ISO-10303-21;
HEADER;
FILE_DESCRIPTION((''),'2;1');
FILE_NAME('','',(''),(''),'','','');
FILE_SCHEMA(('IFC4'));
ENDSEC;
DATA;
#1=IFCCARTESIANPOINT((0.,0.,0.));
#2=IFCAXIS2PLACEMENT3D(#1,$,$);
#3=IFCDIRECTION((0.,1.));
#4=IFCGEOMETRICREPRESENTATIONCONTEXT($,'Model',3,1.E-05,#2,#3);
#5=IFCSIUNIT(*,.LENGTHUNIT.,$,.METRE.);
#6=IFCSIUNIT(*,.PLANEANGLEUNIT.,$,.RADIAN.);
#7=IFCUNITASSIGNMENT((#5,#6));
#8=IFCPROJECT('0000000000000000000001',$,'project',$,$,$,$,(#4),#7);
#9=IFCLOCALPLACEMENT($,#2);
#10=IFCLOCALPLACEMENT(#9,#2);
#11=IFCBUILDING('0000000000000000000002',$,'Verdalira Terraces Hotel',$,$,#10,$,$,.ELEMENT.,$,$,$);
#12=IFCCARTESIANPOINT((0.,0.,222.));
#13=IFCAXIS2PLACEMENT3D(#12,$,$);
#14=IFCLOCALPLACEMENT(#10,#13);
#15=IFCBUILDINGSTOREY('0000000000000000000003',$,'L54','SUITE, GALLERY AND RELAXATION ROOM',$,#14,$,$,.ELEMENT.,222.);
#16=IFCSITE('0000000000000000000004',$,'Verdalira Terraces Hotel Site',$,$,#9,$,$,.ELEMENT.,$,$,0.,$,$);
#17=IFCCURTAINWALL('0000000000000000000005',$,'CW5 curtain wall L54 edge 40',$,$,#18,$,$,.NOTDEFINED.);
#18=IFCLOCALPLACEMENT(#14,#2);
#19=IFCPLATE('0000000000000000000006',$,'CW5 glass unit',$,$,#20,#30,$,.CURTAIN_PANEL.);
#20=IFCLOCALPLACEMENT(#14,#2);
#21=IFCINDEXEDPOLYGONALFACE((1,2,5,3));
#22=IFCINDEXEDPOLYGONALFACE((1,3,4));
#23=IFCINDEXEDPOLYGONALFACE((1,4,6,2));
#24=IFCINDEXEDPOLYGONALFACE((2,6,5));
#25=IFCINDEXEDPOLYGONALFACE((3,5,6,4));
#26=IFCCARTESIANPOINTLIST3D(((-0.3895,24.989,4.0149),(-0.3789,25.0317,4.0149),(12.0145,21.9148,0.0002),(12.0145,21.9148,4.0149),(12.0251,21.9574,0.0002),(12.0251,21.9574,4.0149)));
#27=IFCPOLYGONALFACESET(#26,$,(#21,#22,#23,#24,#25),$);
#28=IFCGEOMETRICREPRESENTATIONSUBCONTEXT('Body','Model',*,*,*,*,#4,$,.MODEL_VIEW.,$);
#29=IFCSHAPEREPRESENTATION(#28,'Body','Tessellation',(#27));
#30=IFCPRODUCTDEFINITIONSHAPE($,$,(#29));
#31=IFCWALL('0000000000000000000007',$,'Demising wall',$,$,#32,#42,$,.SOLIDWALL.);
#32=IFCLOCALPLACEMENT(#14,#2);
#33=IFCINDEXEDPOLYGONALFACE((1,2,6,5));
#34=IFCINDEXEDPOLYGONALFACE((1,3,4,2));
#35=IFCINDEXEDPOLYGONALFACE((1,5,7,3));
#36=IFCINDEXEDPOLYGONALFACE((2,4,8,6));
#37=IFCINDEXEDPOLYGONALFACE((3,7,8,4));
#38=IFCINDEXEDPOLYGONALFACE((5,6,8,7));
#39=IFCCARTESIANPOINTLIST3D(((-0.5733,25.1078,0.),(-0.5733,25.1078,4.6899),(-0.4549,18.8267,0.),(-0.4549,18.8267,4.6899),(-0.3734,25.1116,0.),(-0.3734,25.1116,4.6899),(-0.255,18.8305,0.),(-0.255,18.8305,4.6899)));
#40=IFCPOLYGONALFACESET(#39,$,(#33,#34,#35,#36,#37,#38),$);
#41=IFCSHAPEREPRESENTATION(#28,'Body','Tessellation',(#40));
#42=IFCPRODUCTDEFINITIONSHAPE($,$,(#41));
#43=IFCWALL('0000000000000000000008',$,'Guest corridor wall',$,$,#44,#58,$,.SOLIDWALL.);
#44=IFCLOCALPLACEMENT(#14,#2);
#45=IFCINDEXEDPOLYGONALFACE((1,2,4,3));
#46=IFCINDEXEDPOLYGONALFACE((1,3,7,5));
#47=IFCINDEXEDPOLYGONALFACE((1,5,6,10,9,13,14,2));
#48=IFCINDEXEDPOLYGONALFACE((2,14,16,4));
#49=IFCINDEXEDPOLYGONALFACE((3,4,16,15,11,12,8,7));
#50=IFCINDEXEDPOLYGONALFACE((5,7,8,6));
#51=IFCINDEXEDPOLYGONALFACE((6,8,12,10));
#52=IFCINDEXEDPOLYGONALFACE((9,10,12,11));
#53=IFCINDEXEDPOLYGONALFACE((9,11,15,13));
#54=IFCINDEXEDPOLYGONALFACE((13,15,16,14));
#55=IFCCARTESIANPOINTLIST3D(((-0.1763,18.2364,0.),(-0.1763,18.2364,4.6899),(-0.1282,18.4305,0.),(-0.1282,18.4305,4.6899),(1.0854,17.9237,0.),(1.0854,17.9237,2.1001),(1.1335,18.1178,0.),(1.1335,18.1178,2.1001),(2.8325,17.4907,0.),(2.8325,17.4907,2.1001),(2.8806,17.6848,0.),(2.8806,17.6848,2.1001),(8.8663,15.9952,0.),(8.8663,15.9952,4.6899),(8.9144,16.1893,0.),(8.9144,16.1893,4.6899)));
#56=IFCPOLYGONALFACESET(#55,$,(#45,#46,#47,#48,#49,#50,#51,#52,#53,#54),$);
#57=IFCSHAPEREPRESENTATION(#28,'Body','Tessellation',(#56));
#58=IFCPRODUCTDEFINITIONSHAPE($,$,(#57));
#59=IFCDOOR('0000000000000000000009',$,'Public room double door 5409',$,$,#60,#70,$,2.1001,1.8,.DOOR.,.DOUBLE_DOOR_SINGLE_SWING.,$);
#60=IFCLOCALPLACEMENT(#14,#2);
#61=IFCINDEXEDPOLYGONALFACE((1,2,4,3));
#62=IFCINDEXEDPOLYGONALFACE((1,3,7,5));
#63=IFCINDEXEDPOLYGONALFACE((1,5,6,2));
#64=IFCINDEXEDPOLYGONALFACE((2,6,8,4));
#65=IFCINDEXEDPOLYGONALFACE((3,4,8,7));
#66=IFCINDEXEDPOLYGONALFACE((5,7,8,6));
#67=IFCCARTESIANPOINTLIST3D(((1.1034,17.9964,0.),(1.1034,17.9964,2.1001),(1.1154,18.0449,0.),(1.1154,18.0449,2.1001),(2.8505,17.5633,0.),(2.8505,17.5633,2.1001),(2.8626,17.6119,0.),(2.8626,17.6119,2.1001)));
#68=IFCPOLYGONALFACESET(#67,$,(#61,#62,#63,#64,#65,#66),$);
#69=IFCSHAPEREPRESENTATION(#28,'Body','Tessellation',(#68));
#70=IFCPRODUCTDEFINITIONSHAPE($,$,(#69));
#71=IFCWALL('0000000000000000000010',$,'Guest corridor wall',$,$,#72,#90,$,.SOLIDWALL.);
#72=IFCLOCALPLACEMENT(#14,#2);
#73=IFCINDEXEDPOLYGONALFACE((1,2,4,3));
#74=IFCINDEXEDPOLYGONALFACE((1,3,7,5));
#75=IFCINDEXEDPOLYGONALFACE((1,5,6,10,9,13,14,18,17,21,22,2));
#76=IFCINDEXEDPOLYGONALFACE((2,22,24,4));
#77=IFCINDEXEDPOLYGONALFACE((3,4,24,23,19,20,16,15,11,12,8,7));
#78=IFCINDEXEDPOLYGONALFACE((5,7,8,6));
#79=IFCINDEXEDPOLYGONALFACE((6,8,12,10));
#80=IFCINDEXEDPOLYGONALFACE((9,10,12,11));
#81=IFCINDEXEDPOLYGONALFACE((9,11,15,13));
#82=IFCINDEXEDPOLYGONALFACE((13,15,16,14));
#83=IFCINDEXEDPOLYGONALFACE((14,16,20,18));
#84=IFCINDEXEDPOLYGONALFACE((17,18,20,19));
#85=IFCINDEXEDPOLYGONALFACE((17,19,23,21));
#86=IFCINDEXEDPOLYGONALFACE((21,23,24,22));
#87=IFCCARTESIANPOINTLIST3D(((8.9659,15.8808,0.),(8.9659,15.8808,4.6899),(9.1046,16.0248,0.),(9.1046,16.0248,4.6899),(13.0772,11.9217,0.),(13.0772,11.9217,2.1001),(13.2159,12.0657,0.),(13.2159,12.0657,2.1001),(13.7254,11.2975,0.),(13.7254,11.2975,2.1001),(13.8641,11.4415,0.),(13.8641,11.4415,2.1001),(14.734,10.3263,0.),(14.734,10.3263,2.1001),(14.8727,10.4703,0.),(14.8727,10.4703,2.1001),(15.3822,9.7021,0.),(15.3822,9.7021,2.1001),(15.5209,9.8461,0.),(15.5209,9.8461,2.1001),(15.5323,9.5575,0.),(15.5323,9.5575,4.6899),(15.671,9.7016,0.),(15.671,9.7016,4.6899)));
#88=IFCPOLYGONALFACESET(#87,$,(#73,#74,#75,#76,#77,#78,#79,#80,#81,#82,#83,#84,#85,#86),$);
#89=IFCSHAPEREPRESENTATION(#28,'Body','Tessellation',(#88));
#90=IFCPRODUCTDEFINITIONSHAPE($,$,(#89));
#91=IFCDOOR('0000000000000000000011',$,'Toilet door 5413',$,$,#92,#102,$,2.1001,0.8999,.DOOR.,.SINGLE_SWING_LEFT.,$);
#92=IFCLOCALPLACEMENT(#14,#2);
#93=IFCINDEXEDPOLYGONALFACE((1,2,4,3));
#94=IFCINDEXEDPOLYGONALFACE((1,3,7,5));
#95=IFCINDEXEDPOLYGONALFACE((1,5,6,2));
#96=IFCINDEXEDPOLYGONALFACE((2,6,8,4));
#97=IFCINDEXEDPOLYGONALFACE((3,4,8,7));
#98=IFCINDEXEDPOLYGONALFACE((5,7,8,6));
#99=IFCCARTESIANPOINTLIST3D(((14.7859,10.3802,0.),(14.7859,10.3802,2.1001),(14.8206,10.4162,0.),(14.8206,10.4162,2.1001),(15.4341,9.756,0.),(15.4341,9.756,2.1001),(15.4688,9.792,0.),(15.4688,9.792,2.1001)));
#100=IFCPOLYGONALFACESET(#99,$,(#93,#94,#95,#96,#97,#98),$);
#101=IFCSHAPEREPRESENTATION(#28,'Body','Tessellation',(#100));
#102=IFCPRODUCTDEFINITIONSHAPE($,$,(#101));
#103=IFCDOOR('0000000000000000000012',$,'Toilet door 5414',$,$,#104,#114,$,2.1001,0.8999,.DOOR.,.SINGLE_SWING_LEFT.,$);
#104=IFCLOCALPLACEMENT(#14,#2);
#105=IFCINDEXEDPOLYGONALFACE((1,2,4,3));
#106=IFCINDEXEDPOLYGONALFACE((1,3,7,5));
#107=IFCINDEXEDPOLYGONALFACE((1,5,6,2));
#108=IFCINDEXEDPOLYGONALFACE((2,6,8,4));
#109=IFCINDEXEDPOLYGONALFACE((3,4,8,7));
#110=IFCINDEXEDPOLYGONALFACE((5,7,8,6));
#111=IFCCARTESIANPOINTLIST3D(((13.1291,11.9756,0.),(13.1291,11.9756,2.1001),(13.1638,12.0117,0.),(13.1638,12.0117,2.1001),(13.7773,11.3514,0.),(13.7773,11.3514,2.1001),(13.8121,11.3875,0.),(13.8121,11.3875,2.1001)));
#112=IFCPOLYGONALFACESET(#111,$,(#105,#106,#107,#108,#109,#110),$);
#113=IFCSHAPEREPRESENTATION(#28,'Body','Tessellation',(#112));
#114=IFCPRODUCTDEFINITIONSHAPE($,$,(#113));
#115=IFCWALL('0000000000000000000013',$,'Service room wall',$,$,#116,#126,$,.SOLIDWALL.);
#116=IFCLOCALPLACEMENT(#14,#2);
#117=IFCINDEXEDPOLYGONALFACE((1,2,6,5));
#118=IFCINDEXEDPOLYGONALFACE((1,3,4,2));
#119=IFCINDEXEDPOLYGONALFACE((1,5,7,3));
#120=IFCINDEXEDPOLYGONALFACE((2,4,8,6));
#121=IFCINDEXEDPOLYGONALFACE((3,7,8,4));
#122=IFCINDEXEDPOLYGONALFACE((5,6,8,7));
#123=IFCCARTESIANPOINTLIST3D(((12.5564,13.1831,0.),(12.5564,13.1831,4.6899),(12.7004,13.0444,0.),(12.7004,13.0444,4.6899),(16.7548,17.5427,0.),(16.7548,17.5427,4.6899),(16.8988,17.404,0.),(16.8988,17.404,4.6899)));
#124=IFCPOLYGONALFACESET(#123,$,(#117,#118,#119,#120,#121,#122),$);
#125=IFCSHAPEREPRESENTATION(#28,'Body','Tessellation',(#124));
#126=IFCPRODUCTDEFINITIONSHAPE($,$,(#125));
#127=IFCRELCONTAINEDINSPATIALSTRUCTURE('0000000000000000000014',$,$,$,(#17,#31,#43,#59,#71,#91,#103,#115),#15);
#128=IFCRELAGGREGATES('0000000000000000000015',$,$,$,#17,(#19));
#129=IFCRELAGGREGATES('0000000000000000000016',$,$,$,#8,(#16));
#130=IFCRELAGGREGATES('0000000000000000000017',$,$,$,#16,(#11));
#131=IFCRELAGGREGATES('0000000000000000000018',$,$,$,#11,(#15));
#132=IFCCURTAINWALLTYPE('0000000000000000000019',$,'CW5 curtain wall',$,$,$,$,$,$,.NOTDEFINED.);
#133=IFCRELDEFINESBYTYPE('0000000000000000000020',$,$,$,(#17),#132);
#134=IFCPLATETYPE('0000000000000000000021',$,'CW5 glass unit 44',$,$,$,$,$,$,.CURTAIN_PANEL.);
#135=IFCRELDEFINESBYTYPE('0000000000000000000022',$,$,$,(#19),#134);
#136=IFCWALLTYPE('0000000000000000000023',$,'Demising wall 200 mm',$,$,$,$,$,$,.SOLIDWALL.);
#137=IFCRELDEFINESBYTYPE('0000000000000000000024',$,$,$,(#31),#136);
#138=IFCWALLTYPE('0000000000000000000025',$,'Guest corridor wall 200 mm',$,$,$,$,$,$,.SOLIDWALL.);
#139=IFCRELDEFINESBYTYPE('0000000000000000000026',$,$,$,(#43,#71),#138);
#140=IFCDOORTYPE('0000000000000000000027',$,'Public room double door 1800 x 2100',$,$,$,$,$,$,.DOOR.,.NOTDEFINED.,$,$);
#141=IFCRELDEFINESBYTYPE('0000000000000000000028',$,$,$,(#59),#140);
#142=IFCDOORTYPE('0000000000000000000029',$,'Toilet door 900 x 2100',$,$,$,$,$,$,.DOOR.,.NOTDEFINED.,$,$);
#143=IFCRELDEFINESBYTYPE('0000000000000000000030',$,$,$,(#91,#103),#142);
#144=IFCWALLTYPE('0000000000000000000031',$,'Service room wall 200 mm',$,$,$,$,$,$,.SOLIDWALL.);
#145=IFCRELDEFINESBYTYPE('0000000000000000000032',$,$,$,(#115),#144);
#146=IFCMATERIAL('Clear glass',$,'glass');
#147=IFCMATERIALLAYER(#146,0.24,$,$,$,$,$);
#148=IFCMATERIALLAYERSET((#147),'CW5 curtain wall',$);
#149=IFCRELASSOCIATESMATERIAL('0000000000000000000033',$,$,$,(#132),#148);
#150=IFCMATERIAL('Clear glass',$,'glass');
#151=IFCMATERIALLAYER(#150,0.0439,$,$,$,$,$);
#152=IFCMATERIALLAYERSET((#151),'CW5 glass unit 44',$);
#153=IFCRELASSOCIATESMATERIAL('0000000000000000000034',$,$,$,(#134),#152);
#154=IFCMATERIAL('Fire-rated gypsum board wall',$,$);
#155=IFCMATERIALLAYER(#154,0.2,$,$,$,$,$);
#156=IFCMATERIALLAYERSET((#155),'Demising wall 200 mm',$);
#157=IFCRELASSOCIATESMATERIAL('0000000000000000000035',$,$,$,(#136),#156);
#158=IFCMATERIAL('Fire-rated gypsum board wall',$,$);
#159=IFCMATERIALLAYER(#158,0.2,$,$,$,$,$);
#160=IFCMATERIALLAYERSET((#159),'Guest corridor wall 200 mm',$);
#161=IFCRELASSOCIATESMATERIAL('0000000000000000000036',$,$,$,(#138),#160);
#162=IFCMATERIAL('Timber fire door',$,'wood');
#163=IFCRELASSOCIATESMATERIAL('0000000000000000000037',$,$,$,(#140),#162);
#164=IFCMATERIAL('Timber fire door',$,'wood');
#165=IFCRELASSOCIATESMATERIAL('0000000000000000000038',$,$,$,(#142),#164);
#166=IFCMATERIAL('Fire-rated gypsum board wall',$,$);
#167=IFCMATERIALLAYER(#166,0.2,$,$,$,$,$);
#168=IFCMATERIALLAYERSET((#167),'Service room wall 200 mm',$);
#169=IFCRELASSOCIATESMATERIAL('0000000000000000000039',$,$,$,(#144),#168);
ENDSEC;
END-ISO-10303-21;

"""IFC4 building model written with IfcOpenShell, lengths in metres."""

from ifc_helpers import new_model, si_unit, direction, frame, frame_2d, origin, place, context, subcontext, project, spatial, polyline, rectangle, outline, extrude, material, layer, layer_set, type_object, element, fill, aggregate, save


model = new_model("IFC4")

# Units and contexts
model_context = context("Model", 3, precision=1e-05, world=origin(), true_north=direction((0.0, 1.0)))
body_context = subcontext(model_context, "Body", "Model", "MODEL_VIEW")
ifc_project = project(units=[si_unit("LENGTHUNIT", "METRE"), si_unit("PLANEANGLEUNIT", "RADIAN")], contexts=[model_context])

# Site, building, storey
site_placement = place(None, origin())
site = spatial("IfcSite", under=ifc_project, at=site_placement, Name="Verdalira Terraces Hotel Site", CompositionType="ELEMENT", RefElevation=0.0)
building_placement = place(site_placement, origin())
building = spatial("IfcBuilding", under=site, at=building_placement, Name="Verdalira Terraces Hotel", CompositionType="ELEMENT")
storey_placement = place(building_placement, frame((0.0, 0.0, 222.0)))
storey = spatial("IfcBuildingStorey", under=building, at=storey_placement, Name="L54", Description="SUITE, GALLERY AND RELAXATION ROOM", CompositionType="ELEMENT", Elevation=222.0)

# Curtain wall
ifc_material_1 = material(Name="Clear glass", Category="glass")
ifc_layer_1 = layer(ifc_material_1, 0.24)
ifc_layer_set_1 = layer_set([ifc_layer_1], Name="CW5 curtain wall")
curtain_wall_type = type_object("IfcCurtainWallType", Name="CW5 curtain wall", PredefinedType="NOTDEFINED", material=ifc_layer_set_1)
curtain_wall_1_placement = place(storey_placement, origin())
curtain_wall_1 = element("IfcCurtainWall", 1, at=curtain_wall_1_placement, inside=storey, type_object=curtain_wall_type, Name="CW5 curtain wall L54 edge 40", PredefinedType="NOTDEFINED")

# Plate
ifc_material_2 = material(Name="Clear glass", Category="glass")
ifc_layer_2 = layer(ifc_material_2, 0.0439)
ifc_layer_set_2 = layer_set([ifc_layer_2], Name="CW5 glass unit 44")
plate_type = type_object("IfcPlateType", Name="CW5 glass unit 44", PredefinedType="CURTAIN_PANEL", material=ifc_layer_set_2)
plate_1_placement = place(storey_placement, frame((5.8125, 23.4519, 2.0076), z_axis=(0.240567, 0.970633, 0.0), x_axis=(-0.970633, 0.240567, 0.0)))
plate_1 = element("IfcPlate", 2, at=plate_1_placement, type_object=plate_type, Name="CW5 glass unit", PredefinedType="CURTAIN_PANEL", context=body_context, shape_type="SweptSolid", body=[
    extrude(outline(polyline([(-6.3896, -2.0073), (6.3896, 2.0073), (-6.3896, 2.0073), (-6.3896, -2.0073)])), origin(), (0.0, 0.0, 1.0), 0.0439),
])
aggregate(curtain_wall_1, [plate_1])

# Wall
ifc_material_3 = material(Name="Fire-rated gypsum board wall")
ifc_layer_3 = layer(ifc_material_3, 0.2)
ifc_layer_set_3 = layer_set([ifc_layer_3], Name="Demising wall 200 mm")
wall_type_1 = type_object("IfcWallType", Name="Demising wall 200 mm", PredefinedType="SOLIDWALL", material=ifc_layer_set_3)
wall_1_placement = place(storey_placement, frame((-0.355, 18.8286, 0.0), z_axis=(0.0, 0.0, 1.0), x_axis=(-0.018848, 0.999822, 0.0)))
element("IfcWall", 3, at=wall_1_placement, inside=storey, type_object=wall_type_1, Name="Demising wall", PredefinedType="SOLIDWALL", context=body_context, shape_type="SweptSolid", body=[
    extrude(rectangle(XDim=6.2822, YDim=0.2, at=frame_2d((3.1411, 0.0))), origin(), (0.0, 0.0, 1.0), 4.6899),
])

# Wall, opening, door
ifc_material_4 = material(Name="Fire-rated gypsum board wall")
ifc_layer_4 = layer(ifc_material_4, 0.2)
ifc_layer_set_4 = layer_set([ifc_layer_4], Name="Guest corridor wall 200 mm")
wall_type_2 = type_object("IfcWallType", Name="Guest corridor wall 200 mm", PredefinedType="SOLIDWALL", material=ifc_layer_set_4)
wall_2_placement = place(storey_placement, frame((-0.1523, 18.3335, 0.0), z_axis=(0.0, 0.0, 1.0), x_axis=(0.970631, -0.240574, 0.0)))
wall_2 = element("IfcWall", 4, at=wall_2_placement, inside=storey, type_object=wall_type_2, Name="Guest corridor wall", PredefinedType="SOLIDWALL", context=body_context, shape_type="SweptSolid", body=[
    extrude(rectangle(XDim=9.3162, YDim=0.2, at=frame_2d((4.6582, 0.0))), origin(), (0.0, 0.0, 1.0), 4.6899),
])
opening_1_placement = place(wall_2_placement, frame((1.3, 0.0, 0.0)))
opening_1 = element("IfcOpeningElement", 5, at=opening_1_placement, cuts=wall_2, PredefinedType="OPENING", context=body_context, shape_type="SweptSolid", body=[
    extrude(rectangle(XDim=1.8, YDim=2.1001, at=frame_2d((0.8999, 1.05))), frame((0.0, 0.1099, 0.0), z_axis=(0.0, -1.0, 0.0), x_axis=(1.0, 0.0, 0.0)), (0.0, 0.0, 1.0), 0.22),
])
ifc_material_5 = material(Name="Timber fire door", Category="wood")
door_type_1 = type_object("IfcDoorType", Name="Public room double door 1800 x 2100", OperationType="NOTDEFINED", PredefinedType="DOOR", material=ifc_material_5)
door_1_placement = place(opening_1_placement, origin())
door_1 = element("IfcDoor", 6, at=door_1_placement, inside=storey, type_object=door_type_1, Name="Public room double door 5409", OperationType="DOUBLE_DOOR_SINGLE_SWING", OverallHeight=2.1001, OverallWidth=1.8, PredefinedType="DOOR", context=body_context, shape_type="SweptSolid", body=[
    extrude(rectangle(XDim=1.8, YDim=2.1001, at=frame_2d((0.8999, 1.05))), frame((0.0, 0.0249, 0.0), z_axis=(0.0, -1.0, 0.0), x_axis=(1.0, 0.0, 0.0)), (0.0, 0.0, 1.0), 0.05),
])
fill(opening_1, door_1)

# Wall, openings, doors
wall_3_placement = place(storey_placement, frame((9.0352, 15.9529, 0.0), z_axis=(0.0, 0.0, 1.0), x_axis=(0.720318, -0.693644, 0.0)))
wall_3 = element("IfcWall", 7, at=wall_3_placement, inside=storey, type_object=wall_type_2, Name="Guest corridor wall", PredefinedType="SOLIDWALL", context=body_context, shape_type="SweptSolid", body=[
    extrude(rectangle(XDim=9.116, YDim=0.2, at=frame_2d((4.5581, 0.0))), origin(), (0.0, 0.0, 1.0), 4.6899),
])
opening_2_placement = place(wall_3_placement, frame((8.0078, 0.0, 0.0)))
opening_2 = element("IfcOpeningElement", 8, at=opening_2_placement, cuts=wall_3, PredefinedType="OPENING", context=body_context, shape_type="SweptSolid", body=[
    extrude(rectangle(XDim=0.8999, YDim=2.1001, at=frame_2d((0.45, 1.05))), frame((0.0, 0.1099, 0.0), z_axis=(0.0, -1.0, 0.0), x_axis=(1.0, 0.0, 0.0)), (0.0, 0.0, 1.0), 0.22),
])
opening_3_placement = place(wall_3_placement, frame((5.7078, 0.0, 0.0)))
opening_3 = element("IfcOpeningElement", 9, at=opening_3_placement, cuts=wall_3, PredefinedType="OPENING", context=body_context, shape_type="SweptSolid", body=[
    extrude(rectangle(XDim=0.8999, YDim=2.1001, at=frame_2d((0.45, 1.05))), frame((0.0, 0.1099, 0.0), z_axis=(0.0, -1.0, 0.0), x_axis=(1.0, 0.0, 0.0)), (0.0, 0.0, 1.0), 0.22),
])
ifc_material_6 = material(Name="Timber fire door", Category="wood")
door_type_2 = type_object("IfcDoorType", Name="Toilet door 900 x 2100", OperationType="NOTDEFINED", PredefinedType="DOOR", material=ifc_material_6)
door_2_placement = place(opening_2_placement, origin())
door_2 = element("IfcDoor", 10, at=door_2_placement, inside=storey, type_object=door_type_2, Name="Toilet door 5413", OperationType="SINGLE_SWING_LEFT", OverallHeight=2.1001, OverallWidth=0.8999, PredefinedType="DOOR", context=body_context, shape_type="SweptSolid", body=[
    extrude(rectangle(XDim=0.8999, YDim=2.1001, at=frame_2d((0.45, 1.05))), frame((0.0, 0.0249, 0.0), z_axis=(0.0, -1.0, 0.0), x_axis=(1.0, 0.0, 0.0)), (0.0, 0.0, 1.0), 0.05),
])
fill(opening_2, door_2)
door_3_placement = place(opening_3_placement, origin())
door_3 = element("IfcDoor", 11, at=door_3_placement, inside=storey, type_object=door_type_2, Name="Toilet door 5414", OperationType="SINGLE_SWING_LEFT", OverallHeight=2.1001, OverallWidth=0.8999, PredefinedType="DOOR", context=body_context, shape_type="SweptSolid", body=[
    extrude(rectangle(XDim=0.8999, YDim=2.1001, at=frame_2d((0.45, 1.05))), frame((0.0, 0.0249, 0.0), z_axis=(0.0, -1.0, 0.0), x_axis=(1.0, 0.0, 0.0)), (0.0, 0.0, 1.0), 0.05),
])
fill(opening_3, door_3)

# Wall
ifc_material_7 = material(Name="Fire-rated gypsum board wall")
ifc_layer_5 = layer(ifc_material_7, 0.2)
ifc_layer_set_5 = layer_set([ifc_layer_5], Name="Service room wall 200 mm")
wall_type_3 = type_object("IfcWallType", Name="Service room wall 200 mm", PredefinedType="SOLIDWALL", material=ifc_layer_set_5)
wall_4_placement = place(storey_placement, frame((16.8269, 17.4734, 0.0), z_axis=(0.0, 0.0, 1.0), x_axis=(-0.69367, -0.720293, 0.0)))
element("IfcWall", 12, at=wall_4_placement, inside=storey, type_object=wall_type_3, Name="Service room wall", PredefinedType="SOLIDWALL", context=body_context, shape_type="SweptSolid", body=[
    extrude(rectangle(XDim=6.0525, YDim=0.2, at=frame_2d((3.0264, 0.0))), origin(), (0.0, 0.0, 1.0), 4.6899),
])

save(model, "model.ifc")
